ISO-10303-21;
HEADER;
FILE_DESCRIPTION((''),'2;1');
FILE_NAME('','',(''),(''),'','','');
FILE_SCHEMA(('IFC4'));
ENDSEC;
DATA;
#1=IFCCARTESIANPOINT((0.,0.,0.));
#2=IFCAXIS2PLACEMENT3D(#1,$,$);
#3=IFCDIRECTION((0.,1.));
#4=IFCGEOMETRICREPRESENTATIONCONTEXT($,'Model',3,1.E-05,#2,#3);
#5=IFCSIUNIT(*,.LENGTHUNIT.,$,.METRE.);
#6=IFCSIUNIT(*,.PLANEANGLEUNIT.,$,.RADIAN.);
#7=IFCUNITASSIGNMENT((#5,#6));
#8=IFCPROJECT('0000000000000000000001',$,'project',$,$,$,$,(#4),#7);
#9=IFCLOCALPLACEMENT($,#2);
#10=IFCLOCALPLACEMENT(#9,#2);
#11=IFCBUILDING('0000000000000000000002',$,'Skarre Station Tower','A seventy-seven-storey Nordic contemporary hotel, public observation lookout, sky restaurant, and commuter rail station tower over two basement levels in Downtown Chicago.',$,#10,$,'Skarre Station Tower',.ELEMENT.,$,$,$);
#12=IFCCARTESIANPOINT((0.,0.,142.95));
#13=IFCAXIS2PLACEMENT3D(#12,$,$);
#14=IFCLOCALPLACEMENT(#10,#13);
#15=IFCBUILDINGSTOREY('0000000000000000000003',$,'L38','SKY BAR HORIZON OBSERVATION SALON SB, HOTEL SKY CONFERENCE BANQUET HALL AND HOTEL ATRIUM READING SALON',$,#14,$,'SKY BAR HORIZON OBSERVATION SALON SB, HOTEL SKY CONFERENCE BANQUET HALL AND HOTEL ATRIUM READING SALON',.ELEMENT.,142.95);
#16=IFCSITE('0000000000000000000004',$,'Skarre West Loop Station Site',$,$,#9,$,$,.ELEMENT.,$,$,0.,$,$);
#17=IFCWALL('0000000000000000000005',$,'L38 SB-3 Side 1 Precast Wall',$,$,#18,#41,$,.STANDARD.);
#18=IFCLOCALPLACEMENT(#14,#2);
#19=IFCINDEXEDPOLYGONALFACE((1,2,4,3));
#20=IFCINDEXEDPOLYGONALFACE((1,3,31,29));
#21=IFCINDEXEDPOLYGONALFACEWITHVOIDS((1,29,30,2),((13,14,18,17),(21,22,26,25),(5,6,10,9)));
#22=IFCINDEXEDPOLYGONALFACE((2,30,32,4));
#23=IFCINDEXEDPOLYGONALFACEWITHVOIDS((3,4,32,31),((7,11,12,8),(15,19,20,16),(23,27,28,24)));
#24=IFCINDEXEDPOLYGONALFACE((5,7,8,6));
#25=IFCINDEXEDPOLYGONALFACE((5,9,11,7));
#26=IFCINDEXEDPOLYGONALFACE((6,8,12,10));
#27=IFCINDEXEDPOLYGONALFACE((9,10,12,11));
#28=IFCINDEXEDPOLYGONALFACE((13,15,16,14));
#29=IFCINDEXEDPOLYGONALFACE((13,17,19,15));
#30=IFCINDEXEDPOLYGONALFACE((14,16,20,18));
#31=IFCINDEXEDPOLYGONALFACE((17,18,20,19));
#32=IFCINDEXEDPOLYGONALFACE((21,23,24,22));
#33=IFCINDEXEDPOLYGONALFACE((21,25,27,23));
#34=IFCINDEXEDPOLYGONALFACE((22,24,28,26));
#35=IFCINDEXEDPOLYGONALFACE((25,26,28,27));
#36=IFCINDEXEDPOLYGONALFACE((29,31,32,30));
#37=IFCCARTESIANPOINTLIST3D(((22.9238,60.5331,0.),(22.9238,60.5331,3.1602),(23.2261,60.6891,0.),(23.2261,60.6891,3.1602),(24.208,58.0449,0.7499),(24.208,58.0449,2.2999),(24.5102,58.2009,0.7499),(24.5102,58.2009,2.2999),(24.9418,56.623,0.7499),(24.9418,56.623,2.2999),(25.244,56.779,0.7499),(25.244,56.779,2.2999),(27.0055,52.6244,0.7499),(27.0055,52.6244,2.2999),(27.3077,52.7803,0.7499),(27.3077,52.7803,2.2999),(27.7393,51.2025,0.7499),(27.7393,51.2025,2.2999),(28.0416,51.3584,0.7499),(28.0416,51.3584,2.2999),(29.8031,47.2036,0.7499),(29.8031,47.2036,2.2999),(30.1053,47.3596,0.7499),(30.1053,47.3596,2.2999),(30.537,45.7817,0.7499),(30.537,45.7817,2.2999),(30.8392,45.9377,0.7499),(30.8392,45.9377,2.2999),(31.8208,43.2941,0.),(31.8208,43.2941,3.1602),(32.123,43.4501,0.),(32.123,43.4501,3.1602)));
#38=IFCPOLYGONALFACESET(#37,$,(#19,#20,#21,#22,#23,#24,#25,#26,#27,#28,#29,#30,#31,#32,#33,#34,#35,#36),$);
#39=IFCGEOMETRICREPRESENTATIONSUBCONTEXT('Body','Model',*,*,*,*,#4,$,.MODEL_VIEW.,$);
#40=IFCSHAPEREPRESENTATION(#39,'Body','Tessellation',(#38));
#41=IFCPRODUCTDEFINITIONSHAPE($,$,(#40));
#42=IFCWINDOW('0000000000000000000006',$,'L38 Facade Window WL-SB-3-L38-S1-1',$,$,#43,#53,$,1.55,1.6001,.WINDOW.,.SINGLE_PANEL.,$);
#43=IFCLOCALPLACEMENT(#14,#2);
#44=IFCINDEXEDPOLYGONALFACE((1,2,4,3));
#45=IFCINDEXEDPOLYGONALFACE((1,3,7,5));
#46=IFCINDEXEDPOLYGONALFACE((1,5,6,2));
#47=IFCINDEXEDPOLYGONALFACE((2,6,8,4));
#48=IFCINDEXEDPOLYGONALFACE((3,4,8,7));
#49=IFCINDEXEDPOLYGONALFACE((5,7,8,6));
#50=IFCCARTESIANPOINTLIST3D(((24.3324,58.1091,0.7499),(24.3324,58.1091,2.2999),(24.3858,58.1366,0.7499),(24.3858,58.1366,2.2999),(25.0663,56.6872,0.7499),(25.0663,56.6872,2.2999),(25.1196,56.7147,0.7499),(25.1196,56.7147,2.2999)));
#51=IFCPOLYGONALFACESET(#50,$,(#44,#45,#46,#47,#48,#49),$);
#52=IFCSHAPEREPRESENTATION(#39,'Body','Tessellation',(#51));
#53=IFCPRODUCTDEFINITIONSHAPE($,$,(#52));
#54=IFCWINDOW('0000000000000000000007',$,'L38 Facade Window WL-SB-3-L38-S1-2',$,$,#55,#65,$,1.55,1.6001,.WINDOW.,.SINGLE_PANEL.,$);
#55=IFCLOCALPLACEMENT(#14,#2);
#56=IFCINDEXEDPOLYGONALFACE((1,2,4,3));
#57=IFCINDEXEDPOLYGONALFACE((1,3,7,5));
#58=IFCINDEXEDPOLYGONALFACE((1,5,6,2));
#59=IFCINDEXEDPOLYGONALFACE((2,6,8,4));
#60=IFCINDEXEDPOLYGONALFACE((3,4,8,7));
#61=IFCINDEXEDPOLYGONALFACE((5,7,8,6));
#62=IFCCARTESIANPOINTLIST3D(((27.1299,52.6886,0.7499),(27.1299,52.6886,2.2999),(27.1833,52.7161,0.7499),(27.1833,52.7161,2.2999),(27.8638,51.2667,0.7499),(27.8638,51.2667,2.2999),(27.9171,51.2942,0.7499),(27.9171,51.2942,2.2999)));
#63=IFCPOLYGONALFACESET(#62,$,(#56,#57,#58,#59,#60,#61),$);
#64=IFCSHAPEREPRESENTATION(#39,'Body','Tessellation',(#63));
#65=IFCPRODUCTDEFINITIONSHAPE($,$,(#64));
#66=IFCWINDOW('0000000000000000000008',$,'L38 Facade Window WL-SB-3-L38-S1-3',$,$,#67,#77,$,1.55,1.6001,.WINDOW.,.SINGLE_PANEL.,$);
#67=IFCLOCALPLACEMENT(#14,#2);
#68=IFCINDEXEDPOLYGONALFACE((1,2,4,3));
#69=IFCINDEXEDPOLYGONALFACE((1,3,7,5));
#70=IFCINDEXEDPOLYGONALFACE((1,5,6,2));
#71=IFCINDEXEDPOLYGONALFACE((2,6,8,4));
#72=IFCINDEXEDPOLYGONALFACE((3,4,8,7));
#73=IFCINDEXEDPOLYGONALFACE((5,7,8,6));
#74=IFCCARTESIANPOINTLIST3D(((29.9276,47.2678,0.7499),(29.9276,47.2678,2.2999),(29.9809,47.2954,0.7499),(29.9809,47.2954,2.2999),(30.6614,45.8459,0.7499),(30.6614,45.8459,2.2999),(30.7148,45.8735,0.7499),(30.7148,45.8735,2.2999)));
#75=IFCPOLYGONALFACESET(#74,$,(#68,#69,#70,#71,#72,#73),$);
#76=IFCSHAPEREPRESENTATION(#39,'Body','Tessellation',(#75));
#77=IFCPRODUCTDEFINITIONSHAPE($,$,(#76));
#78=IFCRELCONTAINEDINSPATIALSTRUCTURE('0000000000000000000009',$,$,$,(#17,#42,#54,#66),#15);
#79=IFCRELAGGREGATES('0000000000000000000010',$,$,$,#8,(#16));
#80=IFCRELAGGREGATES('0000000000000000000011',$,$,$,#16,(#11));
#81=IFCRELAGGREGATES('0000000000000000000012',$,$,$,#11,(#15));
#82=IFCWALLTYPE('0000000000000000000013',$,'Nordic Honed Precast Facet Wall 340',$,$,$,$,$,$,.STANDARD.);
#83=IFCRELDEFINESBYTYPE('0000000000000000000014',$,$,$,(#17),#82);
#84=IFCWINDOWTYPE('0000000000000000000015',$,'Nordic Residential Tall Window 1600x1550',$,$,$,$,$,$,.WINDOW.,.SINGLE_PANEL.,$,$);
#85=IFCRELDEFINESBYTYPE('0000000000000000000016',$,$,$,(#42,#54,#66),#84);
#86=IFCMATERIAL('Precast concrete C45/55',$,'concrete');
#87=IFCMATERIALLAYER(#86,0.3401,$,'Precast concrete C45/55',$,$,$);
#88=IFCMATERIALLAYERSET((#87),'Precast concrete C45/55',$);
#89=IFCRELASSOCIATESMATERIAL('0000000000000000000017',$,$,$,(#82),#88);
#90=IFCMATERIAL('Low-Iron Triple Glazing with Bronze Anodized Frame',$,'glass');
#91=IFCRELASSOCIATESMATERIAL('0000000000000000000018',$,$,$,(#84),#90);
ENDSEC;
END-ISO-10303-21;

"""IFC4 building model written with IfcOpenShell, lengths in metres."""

from ifc_helpers import new_model, si_unit, direction, frame, frame_2d, origin, place, context, subcontext, project, spatial, rectangle, extrude, material, layer, layer_set, type_object, element, fill, save


model = new_model("IFC4")

# Units and contexts
model_context = context("Model", 3, precision=1e-05, world=origin(), true_north=direction((0.0, 1.0)))
body_context = subcontext(model_context, "Body", "Model", "MODEL_VIEW")
ifc_project = project(units=[si_unit("LENGTHUNIT", "METRE"), si_unit("PLANEANGLEUNIT", "RADIAN")], contexts=[model_context])

# Site, building, storey
site_placement = place(None, origin())
site = spatial("IfcSite", under=ifc_project, at=site_placement, Name="Skarre West Loop Station Site", CompositionType="ELEMENT", RefElevation=0.0)
building_placement = place(site_placement, origin())
building = spatial("IfcBuilding", under=site, at=building_placement, Name="Skarre Station Tower", Description="A seventy-seven-storey Nordic contemporary hotel, public observation lookout, sky restaurant, and commuter rail station tower over two basement levels in Downtown Chicago.", LongName="Skarre Station Tower", CompositionType="ELEMENT")
storey_placement = place(building_placement, frame((0.0, 0.0, 142.95)))
storey = spatial("IfcBuildingStorey", under=building, at=storey_placement, Name="L38", Description="SKY BAR HORIZON OBSERVATION SALON SB, HOTEL SKY CONFERENCE BANQUET HALL AND HOTEL ATRIUM READING SALON", LongName="SKY BAR HORIZON OBSERVATION SALON SB, HOTEL SKY CONFERENCE BANQUET HALL AND HOTEL ATRIUM READING SALON", CompositionType="ELEMENT", Elevation=142.95)

# Wall, openings, windows
ifc_material_1 = material(Name="Precast concrete C45/55", Category="concrete")
ifc_layer_1 = layer(ifc_material_1, 0.3401, Name="Precast concrete C45/55")
ifc_layer_set_1 = layer_set([ifc_layer_1], Name="Precast concrete C45/55")
wall_type = type_object("IfcWallType", Name="Nordic Honed Precast Facet Wall 340", PredefinedType="STANDARD", material=ifc_layer_set_1)
wall_placement = place(storey_placement, frame((23.075, 60.6111, 0.0), z_axis=(0.0, 0.0, 1.0), x_axis=(0.458619, -0.888633, 0.0)))
wall = element("IfcWall", 1, at=wall_placement, inside=storey, type_object=wall_type, Name="L38 SB-3 Side 1 Precast Wall", PredefinedType="STANDARD", context=body_context, shape_type="SweptSolid", body=[
    extrude(rectangle(XDim=19.3994, YDim=0.3401, at=frame_2d((9.6997, 0.0))), origin(), (0.0, 0.0, 1.0), 3.1602),
])
opening_1_placement = place(wall_placement, frame((2.8, 0.0, 0.75)))
opening_1 = element("IfcOpeningElement", 2, at=opening_1_placement, cuts=wall, PredefinedType="OPENING", context=body_context, shape_type="SweptSolid", body=[
    extrude(rectangle(XDim=1.6001, YDim=1.55, at=frame_2d((0.8, 0.7749))), frame((0.0, 0.1799, 0.0), z_axis=(0.0, -1.0, 0.0), x_axis=(1.0, 0.0, 0.0)), (0.0, 0.0, 1.0), 0.3601),
])
opening_2_placement = place(wall_placement, frame((8.8999, 0.0, 0.75)))
opening_2 = element("IfcOpeningElement", 3, at=opening_2_placement, cuts=wall, PredefinedType="OPENING", context=body_context, shape_type="SweptSolid", body=[
    extrude(rectangle(XDim=1.6001, YDim=1.55, at=frame_2d((0.8, 0.7749))), frame((0.0, 0.1799, 0.0), z_axis=(0.0, -1.0, 0.0), x_axis=(1.0, 0.0, 0.0)), (0.0, 0.0, 1.0), 0.3601),
])
opening_3_placement = place(wall_placement, frame((15.0, 0.0, 0.75)))
opening_3 = element("IfcOpeningElement", 4, at=opening_3_placement, cuts=wall, PredefinedType="OPENING", context=body_context, shape_type="SweptSolid", body=[
    extrude(rectangle(XDim=1.6001, YDim=1.55, at=frame_2d((0.8, 0.7749))), frame((0.0, 0.1799, 0.0), z_axis=(0.0, -1.0, 0.0), x_axis=(1.0, 0.0, 0.0)), (0.0, 0.0, 1.0), 0.3601),
])
ifc_material_2 = material(Name="Low-Iron Triple Glazing with Bronze Anodized Frame", Category="glass")
window_type = type_object("IfcWindowType", Name="Nordic Residential Tall Window 1600x1550", PartitioningType="SINGLE_PANEL", PredefinedType="WINDOW", material=ifc_material_2)
window_1_placement = place(opening_1_placement, origin())
window_1 = element("IfcWindow", 5, at=window_1_placement, inside=storey, type_object=window_type, Name="L38 Facade Window WL-SB-3-L38-S1-1", OverallHeight=1.55, OverallWidth=1.6001, PartitioningType="SINGLE_PANEL", PredefinedType="WINDOW", context=body_context, shape_type="SweptSolid", body=[
    extrude(rectangle(XDim=1.6001, YDim=1.55, at=frame_2d((0.8, 0.7749))), frame((0.0, 0.03, 0.0), z_axis=(0.0, -1.0, 0.0), x_axis=(1.0, 0.0, 0.0)), (0.0, 0.0, 1.0), 0.0601),
])
fill(opening_1, window_1)
window_2_placement = place(opening_2_placement, origin())
window_2 = element("IfcWindow", 6, at=window_2_placement, inside=storey, type_object=window_type, Name="L38 Facade Window WL-SB-3-L38-S1-2", OverallHeight=1.55, OverallWidth=1.6001, PartitioningType="SINGLE_PANEL", PredefinedType="WINDOW", context=body_context, shape_type="SweptSolid", body=[
    extrude(rectangle(XDim=1.6001, YDim=1.55, at=frame_2d((0.8, 0.7749))), frame((0.0, 0.03, 0.0), z_axis=(0.0, -1.0, 0.0), x_axis=(1.0, 0.0, 0.0)), (0.0, 0.0, 1.0), 0.0601),
])
fill(opening_2, window_2)
window_3_placement = place(opening_3_placement, origin())
window_3 = element("IfcWindow", 7, at=window_3_placement, inside=storey, type_object=window_type, Name="L38 Facade Window WL-SB-3-L38-S1-3", OverallHeight=1.55, OverallWidth=1.6001, PartitioningType="SINGLE_PANEL", PredefinedType="WINDOW", context=body_context, shape_type="SweptSolid", body=[
    extrude(rectangle(XDim=1.6001, YDim=1.55, at=frame_2d((0.8, 0.7749))), frame((0.0, 0.03, 0.0), z_axis=(0.0, -1.0, 0.0), x_axis=(1.0, 0.0, 0.0)), (0.0, 0.0, 1.0), 0.0601),
])
fill(opening_3, window_3)

save(model, "model.ifc")
